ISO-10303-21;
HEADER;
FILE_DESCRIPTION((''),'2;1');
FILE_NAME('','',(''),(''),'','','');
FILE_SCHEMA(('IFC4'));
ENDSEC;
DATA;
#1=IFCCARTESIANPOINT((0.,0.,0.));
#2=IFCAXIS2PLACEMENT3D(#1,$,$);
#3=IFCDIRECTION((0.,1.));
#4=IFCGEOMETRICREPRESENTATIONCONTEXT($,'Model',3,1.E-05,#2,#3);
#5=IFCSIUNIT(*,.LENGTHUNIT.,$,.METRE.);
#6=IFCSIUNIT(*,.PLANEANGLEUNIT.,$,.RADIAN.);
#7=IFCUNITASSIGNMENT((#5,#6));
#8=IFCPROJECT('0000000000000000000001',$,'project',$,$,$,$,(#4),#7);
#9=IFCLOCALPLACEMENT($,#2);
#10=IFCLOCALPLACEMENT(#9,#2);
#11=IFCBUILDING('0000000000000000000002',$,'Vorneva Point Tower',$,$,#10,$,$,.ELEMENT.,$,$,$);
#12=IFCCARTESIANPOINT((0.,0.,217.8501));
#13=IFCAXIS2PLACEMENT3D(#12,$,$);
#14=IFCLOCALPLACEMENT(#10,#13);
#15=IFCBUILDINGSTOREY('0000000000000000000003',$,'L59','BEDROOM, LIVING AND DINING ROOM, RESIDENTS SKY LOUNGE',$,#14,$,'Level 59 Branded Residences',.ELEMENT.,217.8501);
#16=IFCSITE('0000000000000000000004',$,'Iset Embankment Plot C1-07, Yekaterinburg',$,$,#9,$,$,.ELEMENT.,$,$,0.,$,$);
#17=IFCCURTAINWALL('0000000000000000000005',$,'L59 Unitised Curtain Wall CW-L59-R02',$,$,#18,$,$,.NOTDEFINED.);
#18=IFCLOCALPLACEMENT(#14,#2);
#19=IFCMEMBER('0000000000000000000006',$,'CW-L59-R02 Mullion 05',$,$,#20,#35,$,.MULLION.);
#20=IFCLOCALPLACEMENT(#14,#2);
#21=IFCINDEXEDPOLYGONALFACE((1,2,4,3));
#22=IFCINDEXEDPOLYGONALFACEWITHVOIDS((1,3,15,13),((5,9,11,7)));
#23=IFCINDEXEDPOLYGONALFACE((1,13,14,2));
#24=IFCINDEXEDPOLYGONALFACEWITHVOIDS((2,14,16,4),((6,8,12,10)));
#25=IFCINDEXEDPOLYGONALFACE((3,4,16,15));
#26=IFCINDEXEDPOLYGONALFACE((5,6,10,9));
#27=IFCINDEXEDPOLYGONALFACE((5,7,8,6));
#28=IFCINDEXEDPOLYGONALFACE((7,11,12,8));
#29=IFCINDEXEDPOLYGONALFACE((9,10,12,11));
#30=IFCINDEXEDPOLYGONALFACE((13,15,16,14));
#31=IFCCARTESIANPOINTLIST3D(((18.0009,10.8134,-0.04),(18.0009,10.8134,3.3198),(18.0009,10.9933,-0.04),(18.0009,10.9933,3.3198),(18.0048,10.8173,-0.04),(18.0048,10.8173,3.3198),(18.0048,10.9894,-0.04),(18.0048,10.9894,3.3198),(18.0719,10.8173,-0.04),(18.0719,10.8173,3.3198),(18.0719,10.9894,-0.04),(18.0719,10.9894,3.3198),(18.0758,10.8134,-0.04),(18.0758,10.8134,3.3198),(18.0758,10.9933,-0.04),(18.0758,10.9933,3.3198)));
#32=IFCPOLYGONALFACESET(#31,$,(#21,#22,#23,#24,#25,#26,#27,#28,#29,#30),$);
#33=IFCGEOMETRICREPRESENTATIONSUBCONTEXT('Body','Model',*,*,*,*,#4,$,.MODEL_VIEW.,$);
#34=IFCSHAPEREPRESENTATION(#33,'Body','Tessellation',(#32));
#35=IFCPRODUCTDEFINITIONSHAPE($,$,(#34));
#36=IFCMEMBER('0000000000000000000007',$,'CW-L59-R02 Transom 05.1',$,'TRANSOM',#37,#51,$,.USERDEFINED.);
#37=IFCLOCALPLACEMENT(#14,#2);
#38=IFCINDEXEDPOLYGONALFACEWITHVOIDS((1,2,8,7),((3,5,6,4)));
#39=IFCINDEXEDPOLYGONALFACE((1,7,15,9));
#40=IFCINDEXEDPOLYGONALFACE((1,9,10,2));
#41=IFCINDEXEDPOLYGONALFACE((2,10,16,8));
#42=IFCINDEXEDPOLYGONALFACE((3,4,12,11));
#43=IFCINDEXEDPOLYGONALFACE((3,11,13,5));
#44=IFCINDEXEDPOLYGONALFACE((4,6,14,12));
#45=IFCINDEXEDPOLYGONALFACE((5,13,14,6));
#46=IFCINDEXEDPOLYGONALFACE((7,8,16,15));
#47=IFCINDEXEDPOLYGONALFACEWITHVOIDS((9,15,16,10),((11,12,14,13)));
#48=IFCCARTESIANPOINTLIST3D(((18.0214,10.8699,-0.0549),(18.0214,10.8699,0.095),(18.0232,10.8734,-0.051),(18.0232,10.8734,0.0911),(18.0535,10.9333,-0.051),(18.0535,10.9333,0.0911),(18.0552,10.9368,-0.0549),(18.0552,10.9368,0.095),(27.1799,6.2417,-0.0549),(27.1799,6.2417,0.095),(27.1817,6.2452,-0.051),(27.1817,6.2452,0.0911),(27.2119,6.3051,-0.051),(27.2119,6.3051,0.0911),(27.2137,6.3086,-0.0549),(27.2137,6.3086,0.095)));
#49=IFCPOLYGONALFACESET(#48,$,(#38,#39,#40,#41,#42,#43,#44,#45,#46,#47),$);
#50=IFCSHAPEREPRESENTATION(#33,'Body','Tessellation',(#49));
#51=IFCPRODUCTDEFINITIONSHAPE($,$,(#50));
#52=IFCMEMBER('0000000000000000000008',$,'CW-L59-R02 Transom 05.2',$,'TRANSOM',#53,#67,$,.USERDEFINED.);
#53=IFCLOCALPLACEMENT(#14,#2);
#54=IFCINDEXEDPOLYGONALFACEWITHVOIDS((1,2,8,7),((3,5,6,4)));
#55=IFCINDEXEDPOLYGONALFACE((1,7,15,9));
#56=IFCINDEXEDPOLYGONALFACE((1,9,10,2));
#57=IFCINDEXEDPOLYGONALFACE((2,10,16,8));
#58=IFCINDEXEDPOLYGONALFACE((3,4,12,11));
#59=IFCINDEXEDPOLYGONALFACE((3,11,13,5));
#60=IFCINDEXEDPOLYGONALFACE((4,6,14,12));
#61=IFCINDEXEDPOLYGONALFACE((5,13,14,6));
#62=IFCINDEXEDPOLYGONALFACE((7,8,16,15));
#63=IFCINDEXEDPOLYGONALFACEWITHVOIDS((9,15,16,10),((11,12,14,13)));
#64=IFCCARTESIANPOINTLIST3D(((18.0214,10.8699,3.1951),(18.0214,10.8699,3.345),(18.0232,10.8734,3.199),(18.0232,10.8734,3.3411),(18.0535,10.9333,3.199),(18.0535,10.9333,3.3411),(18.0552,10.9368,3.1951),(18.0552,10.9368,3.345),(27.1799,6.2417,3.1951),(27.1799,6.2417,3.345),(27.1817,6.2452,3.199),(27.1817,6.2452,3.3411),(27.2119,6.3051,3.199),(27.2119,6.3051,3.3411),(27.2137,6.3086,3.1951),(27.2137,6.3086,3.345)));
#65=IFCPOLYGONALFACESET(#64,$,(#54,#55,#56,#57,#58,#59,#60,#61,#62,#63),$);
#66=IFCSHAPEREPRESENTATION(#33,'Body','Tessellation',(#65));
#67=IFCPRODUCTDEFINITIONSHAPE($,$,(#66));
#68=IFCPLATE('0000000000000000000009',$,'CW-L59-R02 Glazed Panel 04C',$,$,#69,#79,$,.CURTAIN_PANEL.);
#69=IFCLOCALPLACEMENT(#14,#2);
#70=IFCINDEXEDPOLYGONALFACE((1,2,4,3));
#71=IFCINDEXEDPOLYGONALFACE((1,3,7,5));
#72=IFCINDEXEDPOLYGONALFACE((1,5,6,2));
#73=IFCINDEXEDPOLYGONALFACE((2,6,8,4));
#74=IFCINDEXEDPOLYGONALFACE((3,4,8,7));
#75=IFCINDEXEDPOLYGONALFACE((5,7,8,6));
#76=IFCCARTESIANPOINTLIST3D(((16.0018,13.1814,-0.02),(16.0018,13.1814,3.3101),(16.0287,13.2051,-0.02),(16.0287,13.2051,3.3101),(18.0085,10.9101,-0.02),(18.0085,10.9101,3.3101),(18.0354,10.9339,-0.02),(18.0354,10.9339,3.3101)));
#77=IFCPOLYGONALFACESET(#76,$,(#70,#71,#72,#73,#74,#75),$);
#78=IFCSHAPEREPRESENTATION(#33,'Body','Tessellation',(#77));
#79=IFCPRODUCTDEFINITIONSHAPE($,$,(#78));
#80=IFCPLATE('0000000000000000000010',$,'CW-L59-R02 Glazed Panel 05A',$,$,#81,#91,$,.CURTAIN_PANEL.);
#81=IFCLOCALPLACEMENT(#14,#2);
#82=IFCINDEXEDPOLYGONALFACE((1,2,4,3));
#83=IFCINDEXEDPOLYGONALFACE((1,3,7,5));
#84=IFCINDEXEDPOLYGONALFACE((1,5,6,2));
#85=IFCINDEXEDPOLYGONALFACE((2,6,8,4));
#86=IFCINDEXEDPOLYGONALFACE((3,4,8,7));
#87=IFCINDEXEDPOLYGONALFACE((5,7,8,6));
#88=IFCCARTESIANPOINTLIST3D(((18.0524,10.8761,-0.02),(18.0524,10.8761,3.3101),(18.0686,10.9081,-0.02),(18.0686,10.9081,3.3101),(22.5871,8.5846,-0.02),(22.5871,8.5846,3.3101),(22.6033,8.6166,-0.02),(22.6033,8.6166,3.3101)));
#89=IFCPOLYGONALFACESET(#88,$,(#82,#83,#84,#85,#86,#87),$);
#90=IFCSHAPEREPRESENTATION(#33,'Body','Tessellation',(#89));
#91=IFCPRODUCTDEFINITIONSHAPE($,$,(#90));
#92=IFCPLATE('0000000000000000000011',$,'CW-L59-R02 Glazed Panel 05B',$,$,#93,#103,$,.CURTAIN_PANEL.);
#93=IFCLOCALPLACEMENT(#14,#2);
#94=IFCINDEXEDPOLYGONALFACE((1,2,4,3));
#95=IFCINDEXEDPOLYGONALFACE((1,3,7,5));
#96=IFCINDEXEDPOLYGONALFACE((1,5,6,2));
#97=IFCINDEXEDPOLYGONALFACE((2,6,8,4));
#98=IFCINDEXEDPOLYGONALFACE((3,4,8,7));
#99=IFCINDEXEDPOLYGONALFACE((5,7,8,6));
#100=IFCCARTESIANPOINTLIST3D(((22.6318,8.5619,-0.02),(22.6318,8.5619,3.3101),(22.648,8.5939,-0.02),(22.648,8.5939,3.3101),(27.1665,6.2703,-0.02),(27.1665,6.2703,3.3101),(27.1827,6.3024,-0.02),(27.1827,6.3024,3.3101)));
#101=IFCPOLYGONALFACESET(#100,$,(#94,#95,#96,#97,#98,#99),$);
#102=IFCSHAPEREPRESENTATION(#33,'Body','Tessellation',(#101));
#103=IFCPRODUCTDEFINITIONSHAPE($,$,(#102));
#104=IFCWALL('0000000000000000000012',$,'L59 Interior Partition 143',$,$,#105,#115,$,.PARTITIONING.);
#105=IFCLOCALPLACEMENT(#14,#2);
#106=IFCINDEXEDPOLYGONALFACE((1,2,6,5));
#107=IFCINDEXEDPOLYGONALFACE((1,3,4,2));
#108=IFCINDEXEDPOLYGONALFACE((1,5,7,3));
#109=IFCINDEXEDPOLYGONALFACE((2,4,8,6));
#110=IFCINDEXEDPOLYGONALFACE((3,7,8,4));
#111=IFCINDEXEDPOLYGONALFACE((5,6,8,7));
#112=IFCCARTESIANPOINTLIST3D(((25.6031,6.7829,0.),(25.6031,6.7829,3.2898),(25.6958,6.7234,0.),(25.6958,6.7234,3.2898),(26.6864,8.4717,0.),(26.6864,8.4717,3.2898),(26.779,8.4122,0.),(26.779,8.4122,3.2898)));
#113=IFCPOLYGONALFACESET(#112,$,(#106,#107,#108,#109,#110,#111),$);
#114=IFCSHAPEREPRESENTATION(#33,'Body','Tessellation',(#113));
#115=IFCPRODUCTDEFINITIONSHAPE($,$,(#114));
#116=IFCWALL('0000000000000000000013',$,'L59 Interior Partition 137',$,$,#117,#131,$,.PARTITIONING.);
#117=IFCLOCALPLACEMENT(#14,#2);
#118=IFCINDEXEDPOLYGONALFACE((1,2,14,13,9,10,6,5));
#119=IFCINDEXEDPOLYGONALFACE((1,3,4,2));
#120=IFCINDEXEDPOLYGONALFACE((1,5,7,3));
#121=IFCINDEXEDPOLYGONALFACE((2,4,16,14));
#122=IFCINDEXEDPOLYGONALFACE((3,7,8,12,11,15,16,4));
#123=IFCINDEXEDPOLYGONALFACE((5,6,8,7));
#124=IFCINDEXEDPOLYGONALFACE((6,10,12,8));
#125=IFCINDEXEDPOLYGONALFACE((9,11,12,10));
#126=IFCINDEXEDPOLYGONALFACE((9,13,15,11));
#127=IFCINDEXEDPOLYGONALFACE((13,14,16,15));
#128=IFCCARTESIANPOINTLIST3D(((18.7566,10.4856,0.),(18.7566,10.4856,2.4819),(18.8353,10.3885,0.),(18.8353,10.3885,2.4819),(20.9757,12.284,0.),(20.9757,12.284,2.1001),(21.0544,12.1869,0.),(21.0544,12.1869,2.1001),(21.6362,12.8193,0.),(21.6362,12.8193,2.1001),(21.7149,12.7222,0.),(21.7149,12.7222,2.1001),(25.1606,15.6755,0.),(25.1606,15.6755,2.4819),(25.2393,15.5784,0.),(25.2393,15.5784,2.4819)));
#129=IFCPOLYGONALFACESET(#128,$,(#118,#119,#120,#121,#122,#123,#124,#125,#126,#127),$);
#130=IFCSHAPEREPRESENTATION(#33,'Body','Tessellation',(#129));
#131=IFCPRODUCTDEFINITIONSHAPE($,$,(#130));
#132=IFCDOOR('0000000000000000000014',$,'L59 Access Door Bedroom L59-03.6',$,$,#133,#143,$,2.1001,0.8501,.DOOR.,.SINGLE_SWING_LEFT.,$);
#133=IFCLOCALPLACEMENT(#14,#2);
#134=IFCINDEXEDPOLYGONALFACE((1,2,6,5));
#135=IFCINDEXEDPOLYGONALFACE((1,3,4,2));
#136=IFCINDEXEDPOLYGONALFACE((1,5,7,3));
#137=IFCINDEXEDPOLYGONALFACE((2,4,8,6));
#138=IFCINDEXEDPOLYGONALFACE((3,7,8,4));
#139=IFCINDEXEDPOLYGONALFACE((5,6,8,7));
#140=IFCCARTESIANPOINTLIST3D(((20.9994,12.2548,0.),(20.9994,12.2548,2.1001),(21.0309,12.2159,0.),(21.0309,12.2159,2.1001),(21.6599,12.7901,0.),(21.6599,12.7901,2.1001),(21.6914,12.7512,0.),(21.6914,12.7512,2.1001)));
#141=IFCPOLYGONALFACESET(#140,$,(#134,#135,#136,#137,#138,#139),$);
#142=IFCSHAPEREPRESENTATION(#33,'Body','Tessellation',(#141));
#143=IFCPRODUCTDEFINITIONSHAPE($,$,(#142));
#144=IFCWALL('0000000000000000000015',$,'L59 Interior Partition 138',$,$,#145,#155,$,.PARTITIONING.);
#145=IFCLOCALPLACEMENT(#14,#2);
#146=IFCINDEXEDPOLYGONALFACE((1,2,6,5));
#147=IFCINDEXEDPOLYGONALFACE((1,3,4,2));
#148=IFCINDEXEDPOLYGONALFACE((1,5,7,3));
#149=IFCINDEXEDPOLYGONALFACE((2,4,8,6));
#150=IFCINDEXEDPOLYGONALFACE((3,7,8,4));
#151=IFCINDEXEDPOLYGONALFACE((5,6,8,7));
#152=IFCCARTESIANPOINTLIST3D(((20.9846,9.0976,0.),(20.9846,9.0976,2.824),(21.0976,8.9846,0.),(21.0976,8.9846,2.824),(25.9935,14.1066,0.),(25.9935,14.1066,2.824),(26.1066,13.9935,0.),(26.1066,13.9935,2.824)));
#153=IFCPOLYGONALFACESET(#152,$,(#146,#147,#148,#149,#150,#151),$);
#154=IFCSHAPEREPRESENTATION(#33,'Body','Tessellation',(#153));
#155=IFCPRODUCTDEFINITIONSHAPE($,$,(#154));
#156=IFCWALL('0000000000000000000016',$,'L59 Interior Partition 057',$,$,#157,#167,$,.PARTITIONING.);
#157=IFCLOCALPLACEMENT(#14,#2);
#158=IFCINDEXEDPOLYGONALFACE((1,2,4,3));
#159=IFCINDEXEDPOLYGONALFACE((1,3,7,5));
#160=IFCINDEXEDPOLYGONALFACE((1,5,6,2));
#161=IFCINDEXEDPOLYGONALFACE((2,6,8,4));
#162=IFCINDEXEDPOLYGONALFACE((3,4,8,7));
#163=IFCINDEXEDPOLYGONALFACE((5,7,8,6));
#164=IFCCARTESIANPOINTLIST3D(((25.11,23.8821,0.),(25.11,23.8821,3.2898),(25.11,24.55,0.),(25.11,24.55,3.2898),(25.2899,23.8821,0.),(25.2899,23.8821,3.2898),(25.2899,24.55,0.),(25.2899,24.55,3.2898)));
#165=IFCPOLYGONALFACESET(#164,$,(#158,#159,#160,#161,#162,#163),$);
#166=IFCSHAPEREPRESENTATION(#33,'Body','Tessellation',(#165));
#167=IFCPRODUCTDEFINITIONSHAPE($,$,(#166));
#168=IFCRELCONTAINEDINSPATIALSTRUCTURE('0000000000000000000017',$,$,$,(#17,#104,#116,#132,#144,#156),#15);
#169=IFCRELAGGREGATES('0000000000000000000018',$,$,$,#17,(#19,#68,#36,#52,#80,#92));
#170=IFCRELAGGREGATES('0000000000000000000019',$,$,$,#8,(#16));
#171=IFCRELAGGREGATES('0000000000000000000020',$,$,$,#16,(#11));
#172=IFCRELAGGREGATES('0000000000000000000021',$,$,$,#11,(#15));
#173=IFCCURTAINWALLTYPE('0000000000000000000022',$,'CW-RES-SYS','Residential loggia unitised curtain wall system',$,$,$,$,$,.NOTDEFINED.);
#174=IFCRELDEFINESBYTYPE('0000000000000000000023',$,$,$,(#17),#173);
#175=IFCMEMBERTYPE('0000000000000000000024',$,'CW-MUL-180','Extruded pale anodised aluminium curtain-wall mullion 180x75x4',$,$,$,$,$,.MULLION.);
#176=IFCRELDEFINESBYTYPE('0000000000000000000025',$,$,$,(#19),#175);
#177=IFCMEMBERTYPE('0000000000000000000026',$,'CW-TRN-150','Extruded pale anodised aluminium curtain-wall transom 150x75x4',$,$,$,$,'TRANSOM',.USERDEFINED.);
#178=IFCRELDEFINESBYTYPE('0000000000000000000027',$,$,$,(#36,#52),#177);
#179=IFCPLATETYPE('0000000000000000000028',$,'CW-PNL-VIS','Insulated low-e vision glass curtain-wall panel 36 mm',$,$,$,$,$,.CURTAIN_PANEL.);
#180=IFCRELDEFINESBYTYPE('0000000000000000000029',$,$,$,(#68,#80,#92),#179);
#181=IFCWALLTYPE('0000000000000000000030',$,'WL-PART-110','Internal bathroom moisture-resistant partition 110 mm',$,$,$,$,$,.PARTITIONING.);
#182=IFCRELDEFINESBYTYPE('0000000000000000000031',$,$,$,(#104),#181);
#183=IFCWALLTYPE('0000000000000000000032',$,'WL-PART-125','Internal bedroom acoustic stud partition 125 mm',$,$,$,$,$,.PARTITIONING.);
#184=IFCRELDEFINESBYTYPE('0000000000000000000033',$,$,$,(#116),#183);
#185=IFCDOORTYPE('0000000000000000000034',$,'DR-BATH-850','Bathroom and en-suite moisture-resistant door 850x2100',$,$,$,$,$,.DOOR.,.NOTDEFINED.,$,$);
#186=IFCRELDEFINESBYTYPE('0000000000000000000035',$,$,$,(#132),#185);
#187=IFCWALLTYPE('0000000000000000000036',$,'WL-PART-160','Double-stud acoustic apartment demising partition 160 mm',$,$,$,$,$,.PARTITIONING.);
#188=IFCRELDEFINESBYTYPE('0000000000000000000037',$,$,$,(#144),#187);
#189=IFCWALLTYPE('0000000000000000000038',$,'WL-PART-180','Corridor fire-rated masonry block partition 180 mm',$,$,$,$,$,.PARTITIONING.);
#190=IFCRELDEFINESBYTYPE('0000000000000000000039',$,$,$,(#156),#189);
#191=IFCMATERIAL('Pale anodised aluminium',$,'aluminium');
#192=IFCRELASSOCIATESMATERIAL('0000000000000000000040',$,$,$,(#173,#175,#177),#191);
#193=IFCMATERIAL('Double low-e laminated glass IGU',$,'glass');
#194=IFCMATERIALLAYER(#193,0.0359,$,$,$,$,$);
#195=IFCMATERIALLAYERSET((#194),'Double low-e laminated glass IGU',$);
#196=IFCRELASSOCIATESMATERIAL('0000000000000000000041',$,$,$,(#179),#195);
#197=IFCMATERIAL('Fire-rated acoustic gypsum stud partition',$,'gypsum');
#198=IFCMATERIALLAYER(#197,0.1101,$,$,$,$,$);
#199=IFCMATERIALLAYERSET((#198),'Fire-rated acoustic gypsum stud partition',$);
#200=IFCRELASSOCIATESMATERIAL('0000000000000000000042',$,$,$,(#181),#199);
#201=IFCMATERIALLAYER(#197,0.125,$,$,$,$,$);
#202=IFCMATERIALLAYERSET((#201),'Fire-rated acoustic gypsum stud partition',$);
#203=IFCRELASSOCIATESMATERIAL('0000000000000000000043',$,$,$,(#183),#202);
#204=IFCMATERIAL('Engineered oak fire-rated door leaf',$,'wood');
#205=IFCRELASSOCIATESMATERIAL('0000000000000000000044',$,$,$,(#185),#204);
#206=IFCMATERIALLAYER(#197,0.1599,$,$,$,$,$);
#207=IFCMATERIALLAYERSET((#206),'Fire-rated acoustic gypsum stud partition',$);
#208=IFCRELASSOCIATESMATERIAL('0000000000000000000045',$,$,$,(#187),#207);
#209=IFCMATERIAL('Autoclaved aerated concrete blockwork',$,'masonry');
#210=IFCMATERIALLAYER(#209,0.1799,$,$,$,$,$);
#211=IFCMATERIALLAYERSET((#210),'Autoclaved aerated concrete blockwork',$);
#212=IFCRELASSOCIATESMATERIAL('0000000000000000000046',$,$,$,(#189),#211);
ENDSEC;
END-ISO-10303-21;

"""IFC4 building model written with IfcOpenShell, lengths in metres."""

from ifc_helpers import new_model, si_unit, direction, frame, frame_2d, origin, origin_2d, place, context, subcontext, project, spatial, rectangle, hollow_rectangle, extrude, material, layer, layer_set, material_profile, profile_set, type_object, element, fill, aggregate, save


model = new_model("IFC4")

# Units and contexts
model_context = context("Model", 3, precision=1e-05, world=origin(), true_north=direction((0.0, 1.0)))
body_context = subcontext(model_context, "Body", "Model", "MODEL_VIEW")
ifc_project = project(units=[si_unit("LENGTHUNIT", "METRE"), si_unit("PLANEANGLEUNIT", "RADIAN")], contexts=[model_context])

# Site, building, storey
site_placement = place(None, origin())
site = spatial("IfcSite", under=ifc_project, at=site_placement, Name="Iset Embankment Plot C1-07, Yekaterinburg", CompositionType="ELEMENT", RefElevation=0.0)
building_placement = place(site_placement, origin())
building = spatial("IfcBuilding", under=site, at=building_placement, Name="Vorneva Point Tower", CompositionType="ELEMENT")
storey_placement = place(building_placement, frame((0.0, 0.0, 217.8501)))
storey = spatial("IfcBuildingStorey", under=building, at=storey_placement, Name="L59", Description="BEDROOM, LIVING AND DINING ROOM, RESIDENTS SKY LOUNGE", LongName="Level 59 Branded Residences", CompositionType="ELEMENT", Elevation=217.8501)

# Curtain wall, members, plates
ifc_material_1 = material(Name="Pale anodised aluminium", Category="aluminium")
curtain_wall_type = type_object("IfcCurtainWallType", Name="CW-RES-SYS", Description="Residential loggia unitised curtain wall system", PredefinedType="NOTDEFINED", material=ifc_material_1)
curtain_wall_placement = place(storey_placement, origin())
curtain_wall = element("IfcCurtainWall", 1, at=curtain_wall_placement, inside=storey, type_object=curtain_wall_type, Name="L59 Unitised Curtain Wall CW-L59-R02", PredefinedType="NOTDEFINED")
ifc_material_profile_1 = material_profile(ifc_material_1, hollow_rectangle(XDim=0.075, YDim=0.1799, WallThickness=0.0039, at=origin_2d()), Name="AL-MUL 180x75x4")
ifc_profile_set_1 = profile_set([ifc_material_profile_1], Name="Pale anodised aluminium")
member_type_1 = type_object("IfcMemberType", Name="CW-MUL-180", Description="Extruded pale anodised aluminium curtain-wall mullion 180x75x4", PredefinedType="MULLION", material=ifc_profile_set_1)
member_1_placement = place(storey_placement, frame((18.0383, 10.9033, -0.04), z_axis=(0.0, 0.0, 1.0), x_axis=(1.0, 0.0, 0.0)))
member_1 = element("IfcMember", 2, at=member_1_placement, type_object=member_type_1, Name="CW-L59-R02 Mullion 05", PredefinedType="MULLION", context=body_context, shape_type="SweptSolid", body=[
    extrude(hollow_rectangle(XDim=0.075, YDim=0.1799, WallThickness=0.0039, at=origin_2d()), origin(), (0.0, 0.0, 1.0), 3.3599),
])
ifc_material_profile_2 = material_profile(ifc_material_1, hollow_rectangle(XDim=0.075, YDim=0.1499, WallThickness=0.0039, at=origin_2d()), Name="AL-TRN 150x75x4")
ifc_profile_set_2 = profile_set([ifc_material_profile_2], Name="Pale anodised aluminium")
member_type_2 = type_object("IfcMemberType", Name="CW-TRN-150", Description="Extruded pale anodised aluminium curtain-wall transom 150x75x4", ElementType="TRANSOM", PredefinedType="USERDEFINED", material=ifc_profile_set_2)
member_2_placement = place(storey_placement, frame((18.0383, 10.9033, 0.02), z_axis=(0.892511, -0.451026, 0.0), x_axis=(0.451026, 0.892511, 0.0)))
member_2 = element("IfcMember", 3, at=member_2_placement, type_object=member_type_2, Name="CW-L59-R02 Transom 05.1", ObjectType="TRANSOM", PredefinedType="USERDEFINED", context=body_context, shape_type="SweptSolid", body=[
    extrude(hollow_rectangle(XDim=0.075, YDim=0.1499, WallThickness=0.0039, at=origin_2d()), origin(), (0.0, 0.0, 1.0), 10.2615),
])
member_3_placement = place(storey_placement, frame((18.0383, 10.9033, 3.27), z_axis=(0.892511, -0.451026, 0.0), x_axis=(0.451026, 0.892511, 0.0)))
member_3 = element("IfcMember", 4, at=member_3_placement, type_object=member_type_2, Name="CW-L59-R02 Transom 05.2", ObjectType="TRANSOM", PredefinedType="USERDEFINED", context=body_context, shape_type="SweptSolid", body=[
    extrude(hollow_rectangle(XDim=0.075, YDim=0.1499, WallThickness=0.0039, at=origin_2d()), origin(), (0.0, 0.0, 1.0), 10.2615),
])
ifc_material_2 = material(Name="Double low-e laminated glass IGU", Category="glass")
ifc_layer_1 = layer(ifc_material_2, 0.0359)
ifc_layer_set_1 = layer_set([ifc_layer_1], Name="Double low-e laminated glass IGU")
plate_type = type_object("IfcPlateType", Name="CW-PNL-VIS", Description="Insulated low-e vision glass curtain-wall panel 36 mm", PredefinedType="CURTAIN_PANEL", material=ifc_layer_set_1)
plate_1_placement = place(storey_placement, frame((17.0186, 12.0576, -0.02), z_axis=(0.0, 0.0, 1.0), x_axis=(0.66211, -0.749407, 0.0)))
plate_1 = element("IfcPlate", 5, at=plate_1_placement, type_object=plate_type, Name="CW-L59-R02 Glazed Panel 04C", PredefinedType="CURTAIN_PANEL", context=body_context, shape_type="SweptSolid", body=[
    extrude(rectangle(XDim=3.0308, YDim=0.0359, at=origin_2d()), origin(), (0.0, 0.0, 1.0), 3.3301),
])
plate_2_placement = place(storey_placement, frame((20.3279, 9.7463, -0.02), z_axis=(0.0, 0.0, 1.0), x_axis=(0.892515, -0.451018, 0.0)))
plate_2 = element("IfcPlate", 6, at=plate_2_placement, type_object=plate_type, Name="CW-L59-R02 Glazed Panel 05A", PredefinedType="CURTAIN_PANEL", context=body_context, shape_type="SweptSolid", body=[
    extrude(rectangle(XDim=5.0808, YDim=0.0359, at=origin_2d()), origin(), (0.0, 0.0, 1.0), 3.3301),
])
plate_3_placement = place(storey_placement, frame((24.9072, 7.4321, -0.02), z_axis=(0.0, 0.0, 1.0), x_axis=(0.892515, -0.451018, 0.0)))
plate_3 = element("IfcPlate", 7, at=plate_3_placement, type_object=plate_type, Name="CW-L59-R02 Glazed Panel 05B", PredefinedType="CURTAIN_PANEL", context=body_context, shape_type="SweptSolid", body=[
    extrude(rectangle(XDim=5.0808, YDim=0.0359, at=origin_2d()), origin(), (0.0, 0.0, 1.0), 3.3301),
])
aggregate(curtain_wall, [member_1, plate_1, member_2, member_3, plate_2, plate_3])

# Wall
ifc_material_3 = material(Name="Fire-rated acoustic gypsum stud partition", Category="gypsum")
ifc_layer_2 = layer(ifc_material_3, 0.1101)
ifc_layer_set_2 = layer_set([ifc_layer_2], Name="Fire-rated acoustic gypsum stud partition")
wall_type_1 = type_object("IfcWallType", Name="WL-PART-110", Description="Internal bathroom moisture-resistant partition 110 mm", PredefinedType="PARTITIONING", material=ifc_layer_set_2)
wall_1_placement = place(storey_placement, frame((25.6494, 6.7532, 0.0), z_axis=(0.0, 0.0, 1.0), x_axis=(0.539927, 0.841712, 0.0)))
element("IfcWall", 8, at=wall_1_placement, inside=storey, type_object=wall_type_1, Name="L59 Interior Partition 143", PredefinedType="PARTITIONING", context=body_context, shape_type="SweptSolid", body=[
    extrude(rectangle(XDim=2.0063, YDim=0.1101, at=frame_2d((1.0032, 0.0))), origin(), (0.0, 0.0, 1.0), 3.2898),
])

# Wall, opening, door
ifc_layer_3 = layer(ifc_material_3, 0.125)
ifc_layer_set_3 = layer_set([ifc_layer_3], Name="Fire-rated acoustic gypsum stud partition")
wall_type_2 = type_object("IfcWallType", Name="WL-PART-125", Description="Internal bedroom acoustic stud partition 125 mm", PredefinedType="PARTITIONING", material=ifc_layer_set_3)
wall_2_placement = place(storey_placement, frame((18.7959, 10.437, 0.0), z_axis=(0.0, 0.0, 1.0), x_axis=(0.776906, 0.629616, 0.0)))
wall_2 = element("IfcWall", 9, at=wall_2_placement, inside=storey, type_object=wall_type_2, Name="L59 Interior Partition 137", PredefinedType="PARTITIONING", context=body_context, shape_type="SweptSolid", body=[
    extrude(rectangle(XDim=8.2429, YDim=0.125, at=frame_2d((4.1216, 0.0))), origin(), (0.0, 0.0, 1.0), 2.4819),
])
opening_1_placement = place(wall_2_placement, frame((2.8564, 0.0, 0.0)))
opening_1 = element("IfcOpeningElement", 10, at=opening_1_placement, cuts=wall_2, PredefinedType="OPENING", context=body_context, shape_type="SweptSolid", body=[
    extrude(rectangle(XDim=0.8501, YDim=2.1001, at=frame_2d((0.425, 1.05))), frame((0.0, 0.0774, 0.0), z_axis=(0.0, -1.0, 0.0), x_axis=(1.0, 0.0, 0.0)), (0.0, 0.0, 1.0), 0.1548),
])
ifc_material_4 = material(Name="Engineered oak fire-rated door leaf", Category="wood")
door_type = type_object("IfcDoorType", Name="DR-BATH-850", Description="Bathroom and en-suite moisture-resistant door 850x2100", OperationType="NOTDEFINED", PredefinedType="DOOR", material=ifc_material_4)
door_1_placement = place(opening_1_placement, origin())
door_1 = element("IfcDoor", 11, at=door_1_placement, inside=storey, type_object=door_type, Name="L59 Access Door Bedroom L59-03.6", OperationType="SINGLE_SWING_LEFT", OverallHeight=2.1001, OverallWidth=0.8501, PredefinedType="DOOR", context=body_context, shape_type="SweptSolid", body=[
    extrude(rectangle(XDim=0.8501, YDim=2.1001, at=frame_2d((0.425, 1.05))), frame((0.0, 0.0249, 0.0), z_axis=(0.0, -1.0, 0.0), x_axis=(1.0, 0.0, 0.0)), (0.0, 0.0, 1.0), 0.05),
])
fill(opening_1, door_1)

# Walls
ifc_layer_4 = layer(ifc_material_3, 0.1599)
ifc_layer_set_4 = layer_set([ifc_layer_4], Name="Fire-rated acoustic gypsum stud partition")
wall_type_3 = type_object("IfcWallType", Name="WL-PART-160", Description="Double-stud acoustic apartment demising partition 160 mm", PredefinedType="PARTITIONING", material=ifc_layer_set_4)
wall_3_placement = place(storey_placement, frame((21.041, 9.041, 0.0), z_axis=(0.0, 0.0, 1.0), x_axis=(0.707107, 0.707107, 0.0)))
element("IfcWall", 12, at=wall_3_placement, inside=storey, type_object=wall_type_3, Name="L59 Interior Partition 138", PredefinedType="PARTITIONING", context=body_context, shape_type="SweptSolid", body=[
    extrude(rectangle(XDim=7.0837, YDim=0.1599, at=frame_2d((3.542, 0.0))), origin(), (0.0, 0.0, 1.0), 2.824),
])
ifc_material_5 = material(Name="Autoclaved aerated concrete blockwork", Category="masonry")
ifc_layer_5 = layer(ifc_material_5, 0.1799)
ifc_layer_set_5 = layer_set([ifc_layer_5], Name="Autoclaved aerated concrete blockwork")
wall_type_4 = type_object("IfcWallType", Name="WL-PART-180", Description="Corridor fire-rated masonry block partition 180 mm", PredefinedType="PARTITIONING", material=ifc_layer_set_5)
wall_4_placement = place(storey_placement, frame((25.2, 24.55, 0.0), z_axis=(0.0, 0.0, 1.0), x_axis=(0.0, -1.0, 0.0)))
element("IfcWall", 13, at=wall_4_placement, inside=storey, type_object=wall_type_4, Name="L59 Interior Partition 057", PredefinedType="PARTITIONING", context=body_context, shape_type="SweptSolid", body=[
    extrude(rectangle(XDim=0.668, YDim=0.1799, at=frame_2d((0.334, 0.0))), origin(), (0.0, 0.0, 1.0), 3.2898),
])

save(model, "model.ifc")
